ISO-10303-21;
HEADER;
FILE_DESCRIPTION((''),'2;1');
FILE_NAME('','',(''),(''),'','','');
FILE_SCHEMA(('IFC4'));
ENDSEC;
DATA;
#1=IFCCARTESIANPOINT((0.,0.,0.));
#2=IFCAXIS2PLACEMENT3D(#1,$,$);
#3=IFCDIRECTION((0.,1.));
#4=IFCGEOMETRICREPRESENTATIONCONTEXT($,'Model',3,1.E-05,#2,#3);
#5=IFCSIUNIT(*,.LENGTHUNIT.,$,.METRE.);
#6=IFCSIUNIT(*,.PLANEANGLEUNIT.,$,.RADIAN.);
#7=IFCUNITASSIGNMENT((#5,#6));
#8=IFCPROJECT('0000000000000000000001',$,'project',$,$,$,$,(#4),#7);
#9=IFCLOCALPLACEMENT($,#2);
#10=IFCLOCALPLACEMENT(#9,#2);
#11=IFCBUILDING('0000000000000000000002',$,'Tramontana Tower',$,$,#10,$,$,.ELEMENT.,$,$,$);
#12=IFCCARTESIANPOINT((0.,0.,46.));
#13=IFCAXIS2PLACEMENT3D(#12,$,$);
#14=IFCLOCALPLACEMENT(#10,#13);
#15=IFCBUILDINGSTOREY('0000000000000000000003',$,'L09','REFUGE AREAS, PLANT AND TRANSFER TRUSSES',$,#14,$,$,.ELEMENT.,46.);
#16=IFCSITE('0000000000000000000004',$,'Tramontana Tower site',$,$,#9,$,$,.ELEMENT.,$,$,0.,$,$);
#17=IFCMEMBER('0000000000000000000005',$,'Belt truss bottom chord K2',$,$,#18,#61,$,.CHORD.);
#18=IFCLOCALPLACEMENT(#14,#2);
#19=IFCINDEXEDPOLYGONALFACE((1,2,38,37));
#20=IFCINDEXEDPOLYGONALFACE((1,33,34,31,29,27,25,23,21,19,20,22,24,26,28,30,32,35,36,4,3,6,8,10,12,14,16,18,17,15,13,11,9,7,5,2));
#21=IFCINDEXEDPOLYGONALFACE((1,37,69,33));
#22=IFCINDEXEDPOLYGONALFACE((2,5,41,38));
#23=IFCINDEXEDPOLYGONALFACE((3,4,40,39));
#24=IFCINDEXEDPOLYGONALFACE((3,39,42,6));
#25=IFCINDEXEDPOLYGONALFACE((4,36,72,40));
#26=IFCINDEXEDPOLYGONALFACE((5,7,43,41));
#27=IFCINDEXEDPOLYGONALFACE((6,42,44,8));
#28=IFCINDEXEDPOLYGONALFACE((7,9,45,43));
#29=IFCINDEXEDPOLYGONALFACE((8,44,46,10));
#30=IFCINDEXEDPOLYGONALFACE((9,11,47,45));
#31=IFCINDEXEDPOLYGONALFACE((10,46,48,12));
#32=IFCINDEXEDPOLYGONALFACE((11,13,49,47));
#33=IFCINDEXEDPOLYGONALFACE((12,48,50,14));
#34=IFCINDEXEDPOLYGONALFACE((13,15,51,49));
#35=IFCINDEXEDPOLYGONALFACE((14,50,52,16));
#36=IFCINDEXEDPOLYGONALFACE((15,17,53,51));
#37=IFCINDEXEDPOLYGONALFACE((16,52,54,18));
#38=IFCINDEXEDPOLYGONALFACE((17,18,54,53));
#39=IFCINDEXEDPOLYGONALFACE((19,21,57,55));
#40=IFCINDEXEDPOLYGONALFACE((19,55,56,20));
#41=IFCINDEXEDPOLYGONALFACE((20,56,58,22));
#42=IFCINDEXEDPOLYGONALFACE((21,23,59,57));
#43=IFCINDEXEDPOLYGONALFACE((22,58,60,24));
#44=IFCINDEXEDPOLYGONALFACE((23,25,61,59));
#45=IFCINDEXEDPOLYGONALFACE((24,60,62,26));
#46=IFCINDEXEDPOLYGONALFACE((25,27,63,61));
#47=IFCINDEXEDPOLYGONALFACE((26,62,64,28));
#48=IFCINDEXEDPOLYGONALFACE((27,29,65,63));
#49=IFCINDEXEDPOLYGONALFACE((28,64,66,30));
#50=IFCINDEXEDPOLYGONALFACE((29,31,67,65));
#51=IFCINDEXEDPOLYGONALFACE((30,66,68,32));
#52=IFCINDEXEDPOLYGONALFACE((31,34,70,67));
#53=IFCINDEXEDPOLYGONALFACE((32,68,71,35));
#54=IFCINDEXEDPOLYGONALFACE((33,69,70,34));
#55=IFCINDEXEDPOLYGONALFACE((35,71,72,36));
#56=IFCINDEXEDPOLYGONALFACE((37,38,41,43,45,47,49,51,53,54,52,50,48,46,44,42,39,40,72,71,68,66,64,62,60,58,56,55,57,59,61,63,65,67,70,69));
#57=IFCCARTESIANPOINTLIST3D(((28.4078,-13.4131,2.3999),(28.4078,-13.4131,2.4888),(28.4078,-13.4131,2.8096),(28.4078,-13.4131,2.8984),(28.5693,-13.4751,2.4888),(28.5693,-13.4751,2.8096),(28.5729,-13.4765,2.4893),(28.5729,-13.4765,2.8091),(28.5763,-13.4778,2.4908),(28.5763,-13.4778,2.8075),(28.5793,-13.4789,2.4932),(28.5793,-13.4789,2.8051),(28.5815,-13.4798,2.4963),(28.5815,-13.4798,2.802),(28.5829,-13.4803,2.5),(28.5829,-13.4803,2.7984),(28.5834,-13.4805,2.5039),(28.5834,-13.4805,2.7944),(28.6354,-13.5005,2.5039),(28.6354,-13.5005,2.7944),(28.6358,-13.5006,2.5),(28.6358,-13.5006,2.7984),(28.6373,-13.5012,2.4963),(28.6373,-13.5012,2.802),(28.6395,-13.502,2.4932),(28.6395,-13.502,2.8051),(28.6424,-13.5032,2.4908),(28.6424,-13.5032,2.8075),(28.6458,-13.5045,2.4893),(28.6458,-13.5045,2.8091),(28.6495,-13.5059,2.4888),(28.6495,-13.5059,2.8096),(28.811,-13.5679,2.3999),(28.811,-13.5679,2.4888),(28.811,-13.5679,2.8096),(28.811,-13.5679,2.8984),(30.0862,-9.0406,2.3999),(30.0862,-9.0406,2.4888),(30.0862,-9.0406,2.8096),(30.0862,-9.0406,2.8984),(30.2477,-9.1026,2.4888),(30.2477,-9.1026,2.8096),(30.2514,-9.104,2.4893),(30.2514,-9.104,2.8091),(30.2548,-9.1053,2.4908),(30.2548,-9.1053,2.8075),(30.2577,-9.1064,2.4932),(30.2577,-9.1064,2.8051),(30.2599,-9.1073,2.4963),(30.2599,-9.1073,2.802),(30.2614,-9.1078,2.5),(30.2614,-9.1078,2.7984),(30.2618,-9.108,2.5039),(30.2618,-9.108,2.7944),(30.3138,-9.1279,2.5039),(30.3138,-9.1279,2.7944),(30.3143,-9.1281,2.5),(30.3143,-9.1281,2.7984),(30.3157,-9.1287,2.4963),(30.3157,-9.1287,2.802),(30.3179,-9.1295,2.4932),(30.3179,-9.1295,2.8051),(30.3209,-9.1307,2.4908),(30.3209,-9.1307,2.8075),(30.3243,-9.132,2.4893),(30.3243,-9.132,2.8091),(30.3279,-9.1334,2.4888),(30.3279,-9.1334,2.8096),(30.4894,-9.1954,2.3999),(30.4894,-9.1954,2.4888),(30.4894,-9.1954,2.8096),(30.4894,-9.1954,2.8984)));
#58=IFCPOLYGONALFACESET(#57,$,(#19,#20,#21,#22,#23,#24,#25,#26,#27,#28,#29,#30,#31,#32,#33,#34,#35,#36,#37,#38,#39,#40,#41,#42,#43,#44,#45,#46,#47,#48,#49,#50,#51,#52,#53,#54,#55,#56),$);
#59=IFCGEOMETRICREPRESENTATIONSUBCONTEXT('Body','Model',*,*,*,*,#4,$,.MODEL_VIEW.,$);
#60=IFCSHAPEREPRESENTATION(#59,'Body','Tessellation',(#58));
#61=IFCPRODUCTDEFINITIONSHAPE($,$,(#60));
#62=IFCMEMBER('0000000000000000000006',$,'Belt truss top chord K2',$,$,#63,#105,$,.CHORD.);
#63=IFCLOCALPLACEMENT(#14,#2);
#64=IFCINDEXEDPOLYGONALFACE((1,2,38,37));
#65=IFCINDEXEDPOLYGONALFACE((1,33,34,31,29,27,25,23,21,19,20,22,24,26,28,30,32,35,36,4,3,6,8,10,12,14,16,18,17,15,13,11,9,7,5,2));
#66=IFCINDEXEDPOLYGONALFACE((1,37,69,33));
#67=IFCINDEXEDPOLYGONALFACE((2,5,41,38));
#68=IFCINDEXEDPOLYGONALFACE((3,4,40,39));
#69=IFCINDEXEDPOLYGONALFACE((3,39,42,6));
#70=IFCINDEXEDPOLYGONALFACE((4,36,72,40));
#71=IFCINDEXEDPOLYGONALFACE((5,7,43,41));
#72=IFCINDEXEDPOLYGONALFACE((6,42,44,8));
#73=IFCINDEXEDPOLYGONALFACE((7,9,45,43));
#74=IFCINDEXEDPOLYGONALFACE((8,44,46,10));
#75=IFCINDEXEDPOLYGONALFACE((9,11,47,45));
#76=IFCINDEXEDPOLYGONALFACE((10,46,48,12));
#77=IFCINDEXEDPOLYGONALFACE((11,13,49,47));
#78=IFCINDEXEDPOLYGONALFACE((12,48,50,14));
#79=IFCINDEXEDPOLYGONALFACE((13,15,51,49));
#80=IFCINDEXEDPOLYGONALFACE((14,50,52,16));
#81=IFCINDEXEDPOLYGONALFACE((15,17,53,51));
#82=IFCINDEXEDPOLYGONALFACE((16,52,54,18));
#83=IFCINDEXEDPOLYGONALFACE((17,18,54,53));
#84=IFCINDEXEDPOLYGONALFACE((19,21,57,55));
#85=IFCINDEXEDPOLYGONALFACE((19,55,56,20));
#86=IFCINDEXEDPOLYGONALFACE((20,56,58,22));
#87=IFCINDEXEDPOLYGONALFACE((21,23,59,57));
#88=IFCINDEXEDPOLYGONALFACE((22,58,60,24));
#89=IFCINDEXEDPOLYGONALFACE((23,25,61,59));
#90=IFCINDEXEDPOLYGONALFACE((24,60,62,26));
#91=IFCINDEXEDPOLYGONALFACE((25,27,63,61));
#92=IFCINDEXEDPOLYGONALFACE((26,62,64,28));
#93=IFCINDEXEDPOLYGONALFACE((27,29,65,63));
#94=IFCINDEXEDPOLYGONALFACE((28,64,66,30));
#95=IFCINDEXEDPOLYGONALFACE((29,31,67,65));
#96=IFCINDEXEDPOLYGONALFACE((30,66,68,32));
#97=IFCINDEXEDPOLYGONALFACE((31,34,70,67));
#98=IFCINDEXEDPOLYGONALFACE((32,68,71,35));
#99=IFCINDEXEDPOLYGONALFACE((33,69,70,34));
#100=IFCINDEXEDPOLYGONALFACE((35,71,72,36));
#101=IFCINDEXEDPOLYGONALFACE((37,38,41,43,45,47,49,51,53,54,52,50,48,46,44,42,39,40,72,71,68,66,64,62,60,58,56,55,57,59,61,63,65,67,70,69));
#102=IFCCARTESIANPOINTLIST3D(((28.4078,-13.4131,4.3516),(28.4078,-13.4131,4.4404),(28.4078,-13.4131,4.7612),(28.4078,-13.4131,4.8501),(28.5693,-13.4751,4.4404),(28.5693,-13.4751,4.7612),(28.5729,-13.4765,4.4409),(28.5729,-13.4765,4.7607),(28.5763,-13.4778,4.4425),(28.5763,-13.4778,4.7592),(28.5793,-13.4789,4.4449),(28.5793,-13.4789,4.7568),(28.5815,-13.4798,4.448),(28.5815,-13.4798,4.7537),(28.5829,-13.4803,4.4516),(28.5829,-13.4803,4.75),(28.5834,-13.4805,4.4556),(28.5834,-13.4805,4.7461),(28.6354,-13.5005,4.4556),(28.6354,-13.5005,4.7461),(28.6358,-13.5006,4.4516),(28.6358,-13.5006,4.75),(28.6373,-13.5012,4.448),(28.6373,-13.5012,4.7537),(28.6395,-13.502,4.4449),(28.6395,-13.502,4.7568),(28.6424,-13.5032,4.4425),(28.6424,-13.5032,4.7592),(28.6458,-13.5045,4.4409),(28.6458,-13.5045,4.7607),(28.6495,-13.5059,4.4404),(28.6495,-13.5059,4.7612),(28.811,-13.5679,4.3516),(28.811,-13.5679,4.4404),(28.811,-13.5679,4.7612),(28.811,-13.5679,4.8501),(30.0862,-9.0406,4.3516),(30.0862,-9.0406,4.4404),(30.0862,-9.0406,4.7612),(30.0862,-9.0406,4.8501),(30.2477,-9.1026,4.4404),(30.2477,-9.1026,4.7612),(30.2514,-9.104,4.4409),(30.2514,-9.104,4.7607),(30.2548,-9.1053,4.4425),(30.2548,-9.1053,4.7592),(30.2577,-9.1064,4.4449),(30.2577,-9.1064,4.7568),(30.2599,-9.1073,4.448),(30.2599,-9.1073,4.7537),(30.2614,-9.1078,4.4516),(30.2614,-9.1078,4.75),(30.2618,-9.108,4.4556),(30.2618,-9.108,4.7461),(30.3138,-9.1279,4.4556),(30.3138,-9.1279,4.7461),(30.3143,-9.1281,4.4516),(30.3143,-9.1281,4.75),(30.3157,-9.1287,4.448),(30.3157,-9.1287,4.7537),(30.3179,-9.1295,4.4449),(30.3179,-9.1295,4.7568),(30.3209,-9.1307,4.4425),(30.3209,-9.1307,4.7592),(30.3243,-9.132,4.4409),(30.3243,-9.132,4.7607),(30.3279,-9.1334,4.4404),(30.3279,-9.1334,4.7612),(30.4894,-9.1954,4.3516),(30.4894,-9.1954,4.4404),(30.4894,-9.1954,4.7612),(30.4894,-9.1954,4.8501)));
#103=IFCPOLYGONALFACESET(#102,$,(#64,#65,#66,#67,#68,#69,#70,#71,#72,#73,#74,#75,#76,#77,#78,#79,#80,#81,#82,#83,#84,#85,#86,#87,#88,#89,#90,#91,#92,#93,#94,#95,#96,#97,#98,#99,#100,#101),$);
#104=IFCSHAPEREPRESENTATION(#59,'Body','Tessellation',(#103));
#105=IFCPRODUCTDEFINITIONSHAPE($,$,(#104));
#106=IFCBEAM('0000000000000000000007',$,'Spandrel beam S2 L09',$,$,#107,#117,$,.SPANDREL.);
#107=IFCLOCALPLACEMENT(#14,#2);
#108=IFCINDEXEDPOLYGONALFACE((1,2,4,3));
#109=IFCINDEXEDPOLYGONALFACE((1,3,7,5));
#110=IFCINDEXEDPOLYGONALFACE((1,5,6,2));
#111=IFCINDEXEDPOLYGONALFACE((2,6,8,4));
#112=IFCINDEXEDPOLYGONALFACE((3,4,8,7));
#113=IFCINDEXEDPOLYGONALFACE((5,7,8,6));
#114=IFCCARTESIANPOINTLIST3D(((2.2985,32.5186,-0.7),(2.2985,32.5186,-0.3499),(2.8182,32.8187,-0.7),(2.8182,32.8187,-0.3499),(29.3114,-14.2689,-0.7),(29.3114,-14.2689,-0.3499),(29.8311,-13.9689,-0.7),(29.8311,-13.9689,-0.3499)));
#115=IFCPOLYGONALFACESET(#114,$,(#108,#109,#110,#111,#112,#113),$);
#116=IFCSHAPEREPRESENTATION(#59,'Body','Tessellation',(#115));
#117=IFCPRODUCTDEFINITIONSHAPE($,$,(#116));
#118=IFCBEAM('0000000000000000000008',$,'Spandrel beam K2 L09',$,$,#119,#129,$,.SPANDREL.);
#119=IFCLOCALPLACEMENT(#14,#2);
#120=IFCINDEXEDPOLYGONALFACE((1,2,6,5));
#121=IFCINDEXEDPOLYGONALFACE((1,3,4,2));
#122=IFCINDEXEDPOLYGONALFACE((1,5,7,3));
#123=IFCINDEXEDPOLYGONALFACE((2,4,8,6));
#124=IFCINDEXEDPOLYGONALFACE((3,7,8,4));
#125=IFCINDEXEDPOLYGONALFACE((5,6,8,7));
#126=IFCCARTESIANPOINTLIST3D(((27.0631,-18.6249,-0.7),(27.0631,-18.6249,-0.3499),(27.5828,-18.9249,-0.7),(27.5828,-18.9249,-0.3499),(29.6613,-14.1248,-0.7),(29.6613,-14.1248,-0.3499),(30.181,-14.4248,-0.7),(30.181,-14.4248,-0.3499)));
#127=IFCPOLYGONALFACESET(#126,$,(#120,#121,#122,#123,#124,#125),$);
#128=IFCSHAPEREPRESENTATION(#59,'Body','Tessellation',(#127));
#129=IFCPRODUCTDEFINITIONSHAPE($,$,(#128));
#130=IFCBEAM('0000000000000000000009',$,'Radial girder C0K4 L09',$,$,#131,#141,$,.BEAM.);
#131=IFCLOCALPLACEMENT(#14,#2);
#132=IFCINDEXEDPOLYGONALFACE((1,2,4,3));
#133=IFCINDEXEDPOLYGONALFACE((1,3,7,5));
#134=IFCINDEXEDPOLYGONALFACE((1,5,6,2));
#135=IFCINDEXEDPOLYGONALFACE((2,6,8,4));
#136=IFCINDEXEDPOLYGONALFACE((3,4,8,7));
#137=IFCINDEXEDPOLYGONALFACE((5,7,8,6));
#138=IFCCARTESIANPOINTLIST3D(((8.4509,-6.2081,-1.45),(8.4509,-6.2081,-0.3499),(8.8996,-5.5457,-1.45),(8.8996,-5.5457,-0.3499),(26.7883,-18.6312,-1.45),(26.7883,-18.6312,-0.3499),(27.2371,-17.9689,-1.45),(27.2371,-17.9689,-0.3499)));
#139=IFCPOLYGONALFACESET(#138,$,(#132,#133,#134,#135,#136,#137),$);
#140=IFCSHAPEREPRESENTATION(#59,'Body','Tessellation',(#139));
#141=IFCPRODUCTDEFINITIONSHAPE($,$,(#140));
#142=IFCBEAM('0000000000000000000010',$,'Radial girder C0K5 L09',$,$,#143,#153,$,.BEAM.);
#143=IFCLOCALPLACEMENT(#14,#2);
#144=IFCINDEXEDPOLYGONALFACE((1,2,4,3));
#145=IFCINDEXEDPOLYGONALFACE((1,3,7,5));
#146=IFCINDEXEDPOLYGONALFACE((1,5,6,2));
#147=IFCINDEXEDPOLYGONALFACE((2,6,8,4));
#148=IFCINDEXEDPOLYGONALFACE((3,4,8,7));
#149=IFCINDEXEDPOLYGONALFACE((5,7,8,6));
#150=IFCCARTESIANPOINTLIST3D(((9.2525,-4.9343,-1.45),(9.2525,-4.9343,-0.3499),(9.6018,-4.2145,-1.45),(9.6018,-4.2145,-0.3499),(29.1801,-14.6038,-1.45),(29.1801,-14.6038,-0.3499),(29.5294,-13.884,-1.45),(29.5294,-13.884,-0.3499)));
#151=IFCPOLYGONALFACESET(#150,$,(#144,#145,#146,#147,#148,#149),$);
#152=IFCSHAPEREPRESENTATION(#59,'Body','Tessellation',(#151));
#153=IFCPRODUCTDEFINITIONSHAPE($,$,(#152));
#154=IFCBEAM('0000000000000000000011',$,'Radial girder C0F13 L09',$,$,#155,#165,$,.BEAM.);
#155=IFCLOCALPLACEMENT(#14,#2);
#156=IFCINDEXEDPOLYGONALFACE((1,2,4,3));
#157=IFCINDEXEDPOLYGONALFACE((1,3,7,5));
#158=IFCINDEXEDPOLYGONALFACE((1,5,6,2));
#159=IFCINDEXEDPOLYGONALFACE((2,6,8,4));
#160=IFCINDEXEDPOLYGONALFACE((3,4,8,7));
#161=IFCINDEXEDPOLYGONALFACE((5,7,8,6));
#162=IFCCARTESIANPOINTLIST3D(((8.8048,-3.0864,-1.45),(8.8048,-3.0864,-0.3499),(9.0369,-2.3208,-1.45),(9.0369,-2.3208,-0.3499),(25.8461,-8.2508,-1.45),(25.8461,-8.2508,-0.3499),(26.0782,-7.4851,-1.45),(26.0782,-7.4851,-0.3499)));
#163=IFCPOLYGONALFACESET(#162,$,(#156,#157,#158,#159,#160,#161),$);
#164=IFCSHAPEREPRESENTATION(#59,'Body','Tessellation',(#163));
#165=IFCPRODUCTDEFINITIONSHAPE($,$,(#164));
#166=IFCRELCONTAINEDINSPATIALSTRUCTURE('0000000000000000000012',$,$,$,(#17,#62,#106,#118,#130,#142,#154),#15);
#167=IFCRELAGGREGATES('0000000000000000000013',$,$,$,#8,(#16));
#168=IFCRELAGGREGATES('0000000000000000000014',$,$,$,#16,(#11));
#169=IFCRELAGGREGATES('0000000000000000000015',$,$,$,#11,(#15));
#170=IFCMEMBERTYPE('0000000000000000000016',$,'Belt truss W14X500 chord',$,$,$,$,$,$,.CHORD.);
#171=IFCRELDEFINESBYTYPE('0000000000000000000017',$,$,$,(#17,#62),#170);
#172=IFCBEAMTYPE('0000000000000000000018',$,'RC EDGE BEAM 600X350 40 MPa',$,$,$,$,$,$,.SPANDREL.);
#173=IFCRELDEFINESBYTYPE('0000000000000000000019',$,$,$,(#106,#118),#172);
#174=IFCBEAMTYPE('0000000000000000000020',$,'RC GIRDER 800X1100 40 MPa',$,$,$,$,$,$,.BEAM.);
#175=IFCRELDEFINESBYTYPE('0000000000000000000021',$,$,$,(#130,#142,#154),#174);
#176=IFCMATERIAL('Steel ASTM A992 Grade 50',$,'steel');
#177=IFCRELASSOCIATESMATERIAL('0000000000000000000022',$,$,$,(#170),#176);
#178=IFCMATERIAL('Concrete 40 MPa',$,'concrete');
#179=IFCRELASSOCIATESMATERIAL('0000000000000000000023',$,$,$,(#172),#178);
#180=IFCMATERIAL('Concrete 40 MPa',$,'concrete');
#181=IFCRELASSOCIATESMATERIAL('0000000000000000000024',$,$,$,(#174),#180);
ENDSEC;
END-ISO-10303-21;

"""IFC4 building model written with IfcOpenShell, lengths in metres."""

from ifc_helpers import new_model, si_unit, direction, frame, origin, origin_2d, place, context, subcontext, project, spatial, rectangle, i_section, extrude, material, material_profile, profile_set, type_object, element, save


model = new_model("IFC4")

# Units and contexts
model_context = context("Model", 3, precision=1e-05, world=origin(), true_north=direction((0.0, 1.0)))
body_context = subcontext(model_context, "Body", "Model", "MODEL_VIEW")
ifc_project = project(units=[si_unit("LENGTHUNIT", "METRE"), si_unit("PLANEANGLEUNIT", "RADIAN")], contexts=[model_context])

# Site, building, storey
site_placement = place(None, origin())
site = spatial("IfcSite", under=ifc_project, at=site_placement, Name="Tramontana Tower site", CompositionType="ELEMENT", RefElevation=0.0)
building_placement = place(site_placement, origin())
building = spatial("IfcBuilding", under=site, at=building_placement, Name="Tramontana Tower", CompositionType="ELEMENT")
storey_placement = place(building_placement, frame((0.0, 0.0, 46.0)))
storey = spatial("IfcBuildingStorey", under=building, at=storey_placement, Name="L09", Description="REFUGE AREAS, PLANT AND TRANSFER TRUSSES", CompositionType="ELEMENT", Elevation=46.0)

# Members
ifc_material_1 = material(Name="Steel ASTM A992 Grade 50", Category="steel")
ifc_material_profile_1 = material_profile(ifc_material_1, i_section(OverallWidth=0.4319, OverallDepth=0.4985, WebThickness=0.0557, FlangeThickness=0.0889, FilletRadius=0.0151, at=origin_2d()), Name="W14X500")
ifc_profile_set_1 = profile_set([ifc_material_profile_1], Name="Steel ASTM A992 Grade 50")
member_type_1 = type_object("IfcMemberType", Name="Belt truss W14X500 chord", PredefinedType="CHORD", material=ifc_profile_set_1)
for number, where, z_axis, x_axis, name in (
    (1, (28.6094, -13.4905, 2.6492), (0.358368, 0.933581, 0.0), (-0.933581, 0.358368, 0.0), "Belt truss bottom chord K2"),
    (2, (28.6094, -13.4905, 4.6008), (0.358368, 0.933581, 0.0), (-0.933581, 0.358368, 0.0), "Belt truss top chord K2"),
):
    element("IfcMember", number, at=place(storey_placement, frame(where, z_axis=z_axis, x_axis=x_axis)), inside=storey, type_object=member_type_1, Name=name, PredefinedType="CHORD", context=body_context, shape_type="SweptSolid", body=[
        extrude(i_section(OverallWidth=0.4319, OverallDepth=0.4985, WebThickness=0.0557, FlangeThickness=0.0889, FilletRadius=0.0151, at=origin_2d()), origin(), (0.0, 0.0, 1.0), 4.6836),
    ])

# Beams
ifc_material_2 = material(Name="Concrete 40 MPa", Category="concrete")
ifc_material_profile_2 = material_profile(ifc_material_2, rectangle(XDim=0.6001, YDim=0.3501, at=origin_2d()), Name="RC EDGE BEAM 600X350 40 MPa")
ifc_profile_set_2 = profile_set([ifc_material_profile_2], Name="Concrete 40 MPa")
beam_type_1 = type_object("IfcBeamType", Name="RC EDGE BEAM 600X350 40 MPa", PredefinedType="SPANDREL", material=ifc_profile_set_2)
beam_1_placement = place(storey_placement, frame((29.5713, -14.1189, -0.5249), z_axis=(-0.500001, 0.866025, 0.0), x_axis=(-0.866025, -0.500001, 0.0)))
element("IfcBeam", 3, at=beam_1_placement, inside=storey, type_object=beam_type_1, Name="Spandrel beam S2 L09", PredefinedType="SPANDREL", context=body_context, shape_type="SweptSolid", body=[
    extrude(rectangle(XDim=0.6001, YDim=0.3501, at=origin_2d()), origin(), (0.0, 0.0, 1.0), 54.0256),
])
beam_2_placement = place(storey_placement, frame((27.323, -18.7749, -0.5249), z_axis=(0.50001, 0.86602, 0.0), x_axis=(-0.86602, 0.50001, 0.0)))
element("IfcBeam", 4, at=beam_2_placement, inside=storey, type_object=beam_type_1, Name="Spandrel beam K2 L09", PredefinedType="SPANDREL", context=body_context, shape_type="SweptSolid", body=[
    extrude(rectangle(XDim=0.6001, YDim=0.3501, at=origin_2d()), origin(), (0.0, 0.0, 1.0), 5.1963),
])
ifc_material_3 = material(Name="Concrete 40 MPa", Category="concrete")
ifc_material_profile_3 = material_profile(ifc_material_3, rectangle(XDim=0.8, YDim=1.1001, at=origin_2d()), Name="RC GIRDER 800X1100 40 MPa")
ifc_profile_set_3 = profile_set([ifc_material_profile_3], Name="Concrete 40 MPa")
beam_type_2 = type_object("IfcBeamType", Name="RC GIRDER 800X1100 40 MPa", PredefinedType="BEAM", material=ifc_profile_set_3)
beam_3_placement = place(storey_placement, frame((27.0127, -18.3, -0.8999), z_axis=(-0.827898, 0.560879, 0.0), x_axis=(-0.560879, -0.827898, 0.0)))
element("IfcBeam", 5, at=beam_3_placement, inside=storey, type_object=beam_type_2, Name="Radial girder C0K4 L09", PredefinedType="BEAM", context=body_context, shape_type="SweptSolid", body=[
    extrude(rectangle(XDim=0.8, YDim=1.1001, at=origin_2d()), origin(), (0.0, 0.0, 1.0), 22.1494),
])
beam_4_placement = place(storey_placement, frame((29.3547, -14.2439, -0.8999), z_axis=(-0.899679, 0.436552, 0.0), x_axis=(-0.436552, -0.899679, 0.0)))
element("IfcBeam", 6, at=beam_4_placement, inside=storey, type_object=beam_type_2, Name="Radial girder C0K5 L09", PredefinedType="BEAM", context=body_context, shape_type="SweptSolid", body=[
    extrude(rectangle(XDim=0.8, YDim=1.1001, at=origin_2d()), origin(), (0.0, 0.0, 1.0), 22.1497),
])
beam_5_placement = place(storey_placement, frame((25.9622, -7.8679, -0.8999), z_axis=(-0.95702, 0.290022, 0.0), x_axis=(-0.290022, -0.95702, 0.0)))
element("IfcBeam", 7, at=beam_5_placement, inside=storey, type_object=beam_type_2, Name="Radial girder C0F13 L09", PredefinedType="BEAM", context=body_context, shape_type="SweptSolid", body=[
    extrude(rectangle(XDim=0.8, YDim=1.1001, at=origin_2d()), origin(), (0.0, 0.0, 1.0), 17.8066),
])

save(model, "model.ifc")
